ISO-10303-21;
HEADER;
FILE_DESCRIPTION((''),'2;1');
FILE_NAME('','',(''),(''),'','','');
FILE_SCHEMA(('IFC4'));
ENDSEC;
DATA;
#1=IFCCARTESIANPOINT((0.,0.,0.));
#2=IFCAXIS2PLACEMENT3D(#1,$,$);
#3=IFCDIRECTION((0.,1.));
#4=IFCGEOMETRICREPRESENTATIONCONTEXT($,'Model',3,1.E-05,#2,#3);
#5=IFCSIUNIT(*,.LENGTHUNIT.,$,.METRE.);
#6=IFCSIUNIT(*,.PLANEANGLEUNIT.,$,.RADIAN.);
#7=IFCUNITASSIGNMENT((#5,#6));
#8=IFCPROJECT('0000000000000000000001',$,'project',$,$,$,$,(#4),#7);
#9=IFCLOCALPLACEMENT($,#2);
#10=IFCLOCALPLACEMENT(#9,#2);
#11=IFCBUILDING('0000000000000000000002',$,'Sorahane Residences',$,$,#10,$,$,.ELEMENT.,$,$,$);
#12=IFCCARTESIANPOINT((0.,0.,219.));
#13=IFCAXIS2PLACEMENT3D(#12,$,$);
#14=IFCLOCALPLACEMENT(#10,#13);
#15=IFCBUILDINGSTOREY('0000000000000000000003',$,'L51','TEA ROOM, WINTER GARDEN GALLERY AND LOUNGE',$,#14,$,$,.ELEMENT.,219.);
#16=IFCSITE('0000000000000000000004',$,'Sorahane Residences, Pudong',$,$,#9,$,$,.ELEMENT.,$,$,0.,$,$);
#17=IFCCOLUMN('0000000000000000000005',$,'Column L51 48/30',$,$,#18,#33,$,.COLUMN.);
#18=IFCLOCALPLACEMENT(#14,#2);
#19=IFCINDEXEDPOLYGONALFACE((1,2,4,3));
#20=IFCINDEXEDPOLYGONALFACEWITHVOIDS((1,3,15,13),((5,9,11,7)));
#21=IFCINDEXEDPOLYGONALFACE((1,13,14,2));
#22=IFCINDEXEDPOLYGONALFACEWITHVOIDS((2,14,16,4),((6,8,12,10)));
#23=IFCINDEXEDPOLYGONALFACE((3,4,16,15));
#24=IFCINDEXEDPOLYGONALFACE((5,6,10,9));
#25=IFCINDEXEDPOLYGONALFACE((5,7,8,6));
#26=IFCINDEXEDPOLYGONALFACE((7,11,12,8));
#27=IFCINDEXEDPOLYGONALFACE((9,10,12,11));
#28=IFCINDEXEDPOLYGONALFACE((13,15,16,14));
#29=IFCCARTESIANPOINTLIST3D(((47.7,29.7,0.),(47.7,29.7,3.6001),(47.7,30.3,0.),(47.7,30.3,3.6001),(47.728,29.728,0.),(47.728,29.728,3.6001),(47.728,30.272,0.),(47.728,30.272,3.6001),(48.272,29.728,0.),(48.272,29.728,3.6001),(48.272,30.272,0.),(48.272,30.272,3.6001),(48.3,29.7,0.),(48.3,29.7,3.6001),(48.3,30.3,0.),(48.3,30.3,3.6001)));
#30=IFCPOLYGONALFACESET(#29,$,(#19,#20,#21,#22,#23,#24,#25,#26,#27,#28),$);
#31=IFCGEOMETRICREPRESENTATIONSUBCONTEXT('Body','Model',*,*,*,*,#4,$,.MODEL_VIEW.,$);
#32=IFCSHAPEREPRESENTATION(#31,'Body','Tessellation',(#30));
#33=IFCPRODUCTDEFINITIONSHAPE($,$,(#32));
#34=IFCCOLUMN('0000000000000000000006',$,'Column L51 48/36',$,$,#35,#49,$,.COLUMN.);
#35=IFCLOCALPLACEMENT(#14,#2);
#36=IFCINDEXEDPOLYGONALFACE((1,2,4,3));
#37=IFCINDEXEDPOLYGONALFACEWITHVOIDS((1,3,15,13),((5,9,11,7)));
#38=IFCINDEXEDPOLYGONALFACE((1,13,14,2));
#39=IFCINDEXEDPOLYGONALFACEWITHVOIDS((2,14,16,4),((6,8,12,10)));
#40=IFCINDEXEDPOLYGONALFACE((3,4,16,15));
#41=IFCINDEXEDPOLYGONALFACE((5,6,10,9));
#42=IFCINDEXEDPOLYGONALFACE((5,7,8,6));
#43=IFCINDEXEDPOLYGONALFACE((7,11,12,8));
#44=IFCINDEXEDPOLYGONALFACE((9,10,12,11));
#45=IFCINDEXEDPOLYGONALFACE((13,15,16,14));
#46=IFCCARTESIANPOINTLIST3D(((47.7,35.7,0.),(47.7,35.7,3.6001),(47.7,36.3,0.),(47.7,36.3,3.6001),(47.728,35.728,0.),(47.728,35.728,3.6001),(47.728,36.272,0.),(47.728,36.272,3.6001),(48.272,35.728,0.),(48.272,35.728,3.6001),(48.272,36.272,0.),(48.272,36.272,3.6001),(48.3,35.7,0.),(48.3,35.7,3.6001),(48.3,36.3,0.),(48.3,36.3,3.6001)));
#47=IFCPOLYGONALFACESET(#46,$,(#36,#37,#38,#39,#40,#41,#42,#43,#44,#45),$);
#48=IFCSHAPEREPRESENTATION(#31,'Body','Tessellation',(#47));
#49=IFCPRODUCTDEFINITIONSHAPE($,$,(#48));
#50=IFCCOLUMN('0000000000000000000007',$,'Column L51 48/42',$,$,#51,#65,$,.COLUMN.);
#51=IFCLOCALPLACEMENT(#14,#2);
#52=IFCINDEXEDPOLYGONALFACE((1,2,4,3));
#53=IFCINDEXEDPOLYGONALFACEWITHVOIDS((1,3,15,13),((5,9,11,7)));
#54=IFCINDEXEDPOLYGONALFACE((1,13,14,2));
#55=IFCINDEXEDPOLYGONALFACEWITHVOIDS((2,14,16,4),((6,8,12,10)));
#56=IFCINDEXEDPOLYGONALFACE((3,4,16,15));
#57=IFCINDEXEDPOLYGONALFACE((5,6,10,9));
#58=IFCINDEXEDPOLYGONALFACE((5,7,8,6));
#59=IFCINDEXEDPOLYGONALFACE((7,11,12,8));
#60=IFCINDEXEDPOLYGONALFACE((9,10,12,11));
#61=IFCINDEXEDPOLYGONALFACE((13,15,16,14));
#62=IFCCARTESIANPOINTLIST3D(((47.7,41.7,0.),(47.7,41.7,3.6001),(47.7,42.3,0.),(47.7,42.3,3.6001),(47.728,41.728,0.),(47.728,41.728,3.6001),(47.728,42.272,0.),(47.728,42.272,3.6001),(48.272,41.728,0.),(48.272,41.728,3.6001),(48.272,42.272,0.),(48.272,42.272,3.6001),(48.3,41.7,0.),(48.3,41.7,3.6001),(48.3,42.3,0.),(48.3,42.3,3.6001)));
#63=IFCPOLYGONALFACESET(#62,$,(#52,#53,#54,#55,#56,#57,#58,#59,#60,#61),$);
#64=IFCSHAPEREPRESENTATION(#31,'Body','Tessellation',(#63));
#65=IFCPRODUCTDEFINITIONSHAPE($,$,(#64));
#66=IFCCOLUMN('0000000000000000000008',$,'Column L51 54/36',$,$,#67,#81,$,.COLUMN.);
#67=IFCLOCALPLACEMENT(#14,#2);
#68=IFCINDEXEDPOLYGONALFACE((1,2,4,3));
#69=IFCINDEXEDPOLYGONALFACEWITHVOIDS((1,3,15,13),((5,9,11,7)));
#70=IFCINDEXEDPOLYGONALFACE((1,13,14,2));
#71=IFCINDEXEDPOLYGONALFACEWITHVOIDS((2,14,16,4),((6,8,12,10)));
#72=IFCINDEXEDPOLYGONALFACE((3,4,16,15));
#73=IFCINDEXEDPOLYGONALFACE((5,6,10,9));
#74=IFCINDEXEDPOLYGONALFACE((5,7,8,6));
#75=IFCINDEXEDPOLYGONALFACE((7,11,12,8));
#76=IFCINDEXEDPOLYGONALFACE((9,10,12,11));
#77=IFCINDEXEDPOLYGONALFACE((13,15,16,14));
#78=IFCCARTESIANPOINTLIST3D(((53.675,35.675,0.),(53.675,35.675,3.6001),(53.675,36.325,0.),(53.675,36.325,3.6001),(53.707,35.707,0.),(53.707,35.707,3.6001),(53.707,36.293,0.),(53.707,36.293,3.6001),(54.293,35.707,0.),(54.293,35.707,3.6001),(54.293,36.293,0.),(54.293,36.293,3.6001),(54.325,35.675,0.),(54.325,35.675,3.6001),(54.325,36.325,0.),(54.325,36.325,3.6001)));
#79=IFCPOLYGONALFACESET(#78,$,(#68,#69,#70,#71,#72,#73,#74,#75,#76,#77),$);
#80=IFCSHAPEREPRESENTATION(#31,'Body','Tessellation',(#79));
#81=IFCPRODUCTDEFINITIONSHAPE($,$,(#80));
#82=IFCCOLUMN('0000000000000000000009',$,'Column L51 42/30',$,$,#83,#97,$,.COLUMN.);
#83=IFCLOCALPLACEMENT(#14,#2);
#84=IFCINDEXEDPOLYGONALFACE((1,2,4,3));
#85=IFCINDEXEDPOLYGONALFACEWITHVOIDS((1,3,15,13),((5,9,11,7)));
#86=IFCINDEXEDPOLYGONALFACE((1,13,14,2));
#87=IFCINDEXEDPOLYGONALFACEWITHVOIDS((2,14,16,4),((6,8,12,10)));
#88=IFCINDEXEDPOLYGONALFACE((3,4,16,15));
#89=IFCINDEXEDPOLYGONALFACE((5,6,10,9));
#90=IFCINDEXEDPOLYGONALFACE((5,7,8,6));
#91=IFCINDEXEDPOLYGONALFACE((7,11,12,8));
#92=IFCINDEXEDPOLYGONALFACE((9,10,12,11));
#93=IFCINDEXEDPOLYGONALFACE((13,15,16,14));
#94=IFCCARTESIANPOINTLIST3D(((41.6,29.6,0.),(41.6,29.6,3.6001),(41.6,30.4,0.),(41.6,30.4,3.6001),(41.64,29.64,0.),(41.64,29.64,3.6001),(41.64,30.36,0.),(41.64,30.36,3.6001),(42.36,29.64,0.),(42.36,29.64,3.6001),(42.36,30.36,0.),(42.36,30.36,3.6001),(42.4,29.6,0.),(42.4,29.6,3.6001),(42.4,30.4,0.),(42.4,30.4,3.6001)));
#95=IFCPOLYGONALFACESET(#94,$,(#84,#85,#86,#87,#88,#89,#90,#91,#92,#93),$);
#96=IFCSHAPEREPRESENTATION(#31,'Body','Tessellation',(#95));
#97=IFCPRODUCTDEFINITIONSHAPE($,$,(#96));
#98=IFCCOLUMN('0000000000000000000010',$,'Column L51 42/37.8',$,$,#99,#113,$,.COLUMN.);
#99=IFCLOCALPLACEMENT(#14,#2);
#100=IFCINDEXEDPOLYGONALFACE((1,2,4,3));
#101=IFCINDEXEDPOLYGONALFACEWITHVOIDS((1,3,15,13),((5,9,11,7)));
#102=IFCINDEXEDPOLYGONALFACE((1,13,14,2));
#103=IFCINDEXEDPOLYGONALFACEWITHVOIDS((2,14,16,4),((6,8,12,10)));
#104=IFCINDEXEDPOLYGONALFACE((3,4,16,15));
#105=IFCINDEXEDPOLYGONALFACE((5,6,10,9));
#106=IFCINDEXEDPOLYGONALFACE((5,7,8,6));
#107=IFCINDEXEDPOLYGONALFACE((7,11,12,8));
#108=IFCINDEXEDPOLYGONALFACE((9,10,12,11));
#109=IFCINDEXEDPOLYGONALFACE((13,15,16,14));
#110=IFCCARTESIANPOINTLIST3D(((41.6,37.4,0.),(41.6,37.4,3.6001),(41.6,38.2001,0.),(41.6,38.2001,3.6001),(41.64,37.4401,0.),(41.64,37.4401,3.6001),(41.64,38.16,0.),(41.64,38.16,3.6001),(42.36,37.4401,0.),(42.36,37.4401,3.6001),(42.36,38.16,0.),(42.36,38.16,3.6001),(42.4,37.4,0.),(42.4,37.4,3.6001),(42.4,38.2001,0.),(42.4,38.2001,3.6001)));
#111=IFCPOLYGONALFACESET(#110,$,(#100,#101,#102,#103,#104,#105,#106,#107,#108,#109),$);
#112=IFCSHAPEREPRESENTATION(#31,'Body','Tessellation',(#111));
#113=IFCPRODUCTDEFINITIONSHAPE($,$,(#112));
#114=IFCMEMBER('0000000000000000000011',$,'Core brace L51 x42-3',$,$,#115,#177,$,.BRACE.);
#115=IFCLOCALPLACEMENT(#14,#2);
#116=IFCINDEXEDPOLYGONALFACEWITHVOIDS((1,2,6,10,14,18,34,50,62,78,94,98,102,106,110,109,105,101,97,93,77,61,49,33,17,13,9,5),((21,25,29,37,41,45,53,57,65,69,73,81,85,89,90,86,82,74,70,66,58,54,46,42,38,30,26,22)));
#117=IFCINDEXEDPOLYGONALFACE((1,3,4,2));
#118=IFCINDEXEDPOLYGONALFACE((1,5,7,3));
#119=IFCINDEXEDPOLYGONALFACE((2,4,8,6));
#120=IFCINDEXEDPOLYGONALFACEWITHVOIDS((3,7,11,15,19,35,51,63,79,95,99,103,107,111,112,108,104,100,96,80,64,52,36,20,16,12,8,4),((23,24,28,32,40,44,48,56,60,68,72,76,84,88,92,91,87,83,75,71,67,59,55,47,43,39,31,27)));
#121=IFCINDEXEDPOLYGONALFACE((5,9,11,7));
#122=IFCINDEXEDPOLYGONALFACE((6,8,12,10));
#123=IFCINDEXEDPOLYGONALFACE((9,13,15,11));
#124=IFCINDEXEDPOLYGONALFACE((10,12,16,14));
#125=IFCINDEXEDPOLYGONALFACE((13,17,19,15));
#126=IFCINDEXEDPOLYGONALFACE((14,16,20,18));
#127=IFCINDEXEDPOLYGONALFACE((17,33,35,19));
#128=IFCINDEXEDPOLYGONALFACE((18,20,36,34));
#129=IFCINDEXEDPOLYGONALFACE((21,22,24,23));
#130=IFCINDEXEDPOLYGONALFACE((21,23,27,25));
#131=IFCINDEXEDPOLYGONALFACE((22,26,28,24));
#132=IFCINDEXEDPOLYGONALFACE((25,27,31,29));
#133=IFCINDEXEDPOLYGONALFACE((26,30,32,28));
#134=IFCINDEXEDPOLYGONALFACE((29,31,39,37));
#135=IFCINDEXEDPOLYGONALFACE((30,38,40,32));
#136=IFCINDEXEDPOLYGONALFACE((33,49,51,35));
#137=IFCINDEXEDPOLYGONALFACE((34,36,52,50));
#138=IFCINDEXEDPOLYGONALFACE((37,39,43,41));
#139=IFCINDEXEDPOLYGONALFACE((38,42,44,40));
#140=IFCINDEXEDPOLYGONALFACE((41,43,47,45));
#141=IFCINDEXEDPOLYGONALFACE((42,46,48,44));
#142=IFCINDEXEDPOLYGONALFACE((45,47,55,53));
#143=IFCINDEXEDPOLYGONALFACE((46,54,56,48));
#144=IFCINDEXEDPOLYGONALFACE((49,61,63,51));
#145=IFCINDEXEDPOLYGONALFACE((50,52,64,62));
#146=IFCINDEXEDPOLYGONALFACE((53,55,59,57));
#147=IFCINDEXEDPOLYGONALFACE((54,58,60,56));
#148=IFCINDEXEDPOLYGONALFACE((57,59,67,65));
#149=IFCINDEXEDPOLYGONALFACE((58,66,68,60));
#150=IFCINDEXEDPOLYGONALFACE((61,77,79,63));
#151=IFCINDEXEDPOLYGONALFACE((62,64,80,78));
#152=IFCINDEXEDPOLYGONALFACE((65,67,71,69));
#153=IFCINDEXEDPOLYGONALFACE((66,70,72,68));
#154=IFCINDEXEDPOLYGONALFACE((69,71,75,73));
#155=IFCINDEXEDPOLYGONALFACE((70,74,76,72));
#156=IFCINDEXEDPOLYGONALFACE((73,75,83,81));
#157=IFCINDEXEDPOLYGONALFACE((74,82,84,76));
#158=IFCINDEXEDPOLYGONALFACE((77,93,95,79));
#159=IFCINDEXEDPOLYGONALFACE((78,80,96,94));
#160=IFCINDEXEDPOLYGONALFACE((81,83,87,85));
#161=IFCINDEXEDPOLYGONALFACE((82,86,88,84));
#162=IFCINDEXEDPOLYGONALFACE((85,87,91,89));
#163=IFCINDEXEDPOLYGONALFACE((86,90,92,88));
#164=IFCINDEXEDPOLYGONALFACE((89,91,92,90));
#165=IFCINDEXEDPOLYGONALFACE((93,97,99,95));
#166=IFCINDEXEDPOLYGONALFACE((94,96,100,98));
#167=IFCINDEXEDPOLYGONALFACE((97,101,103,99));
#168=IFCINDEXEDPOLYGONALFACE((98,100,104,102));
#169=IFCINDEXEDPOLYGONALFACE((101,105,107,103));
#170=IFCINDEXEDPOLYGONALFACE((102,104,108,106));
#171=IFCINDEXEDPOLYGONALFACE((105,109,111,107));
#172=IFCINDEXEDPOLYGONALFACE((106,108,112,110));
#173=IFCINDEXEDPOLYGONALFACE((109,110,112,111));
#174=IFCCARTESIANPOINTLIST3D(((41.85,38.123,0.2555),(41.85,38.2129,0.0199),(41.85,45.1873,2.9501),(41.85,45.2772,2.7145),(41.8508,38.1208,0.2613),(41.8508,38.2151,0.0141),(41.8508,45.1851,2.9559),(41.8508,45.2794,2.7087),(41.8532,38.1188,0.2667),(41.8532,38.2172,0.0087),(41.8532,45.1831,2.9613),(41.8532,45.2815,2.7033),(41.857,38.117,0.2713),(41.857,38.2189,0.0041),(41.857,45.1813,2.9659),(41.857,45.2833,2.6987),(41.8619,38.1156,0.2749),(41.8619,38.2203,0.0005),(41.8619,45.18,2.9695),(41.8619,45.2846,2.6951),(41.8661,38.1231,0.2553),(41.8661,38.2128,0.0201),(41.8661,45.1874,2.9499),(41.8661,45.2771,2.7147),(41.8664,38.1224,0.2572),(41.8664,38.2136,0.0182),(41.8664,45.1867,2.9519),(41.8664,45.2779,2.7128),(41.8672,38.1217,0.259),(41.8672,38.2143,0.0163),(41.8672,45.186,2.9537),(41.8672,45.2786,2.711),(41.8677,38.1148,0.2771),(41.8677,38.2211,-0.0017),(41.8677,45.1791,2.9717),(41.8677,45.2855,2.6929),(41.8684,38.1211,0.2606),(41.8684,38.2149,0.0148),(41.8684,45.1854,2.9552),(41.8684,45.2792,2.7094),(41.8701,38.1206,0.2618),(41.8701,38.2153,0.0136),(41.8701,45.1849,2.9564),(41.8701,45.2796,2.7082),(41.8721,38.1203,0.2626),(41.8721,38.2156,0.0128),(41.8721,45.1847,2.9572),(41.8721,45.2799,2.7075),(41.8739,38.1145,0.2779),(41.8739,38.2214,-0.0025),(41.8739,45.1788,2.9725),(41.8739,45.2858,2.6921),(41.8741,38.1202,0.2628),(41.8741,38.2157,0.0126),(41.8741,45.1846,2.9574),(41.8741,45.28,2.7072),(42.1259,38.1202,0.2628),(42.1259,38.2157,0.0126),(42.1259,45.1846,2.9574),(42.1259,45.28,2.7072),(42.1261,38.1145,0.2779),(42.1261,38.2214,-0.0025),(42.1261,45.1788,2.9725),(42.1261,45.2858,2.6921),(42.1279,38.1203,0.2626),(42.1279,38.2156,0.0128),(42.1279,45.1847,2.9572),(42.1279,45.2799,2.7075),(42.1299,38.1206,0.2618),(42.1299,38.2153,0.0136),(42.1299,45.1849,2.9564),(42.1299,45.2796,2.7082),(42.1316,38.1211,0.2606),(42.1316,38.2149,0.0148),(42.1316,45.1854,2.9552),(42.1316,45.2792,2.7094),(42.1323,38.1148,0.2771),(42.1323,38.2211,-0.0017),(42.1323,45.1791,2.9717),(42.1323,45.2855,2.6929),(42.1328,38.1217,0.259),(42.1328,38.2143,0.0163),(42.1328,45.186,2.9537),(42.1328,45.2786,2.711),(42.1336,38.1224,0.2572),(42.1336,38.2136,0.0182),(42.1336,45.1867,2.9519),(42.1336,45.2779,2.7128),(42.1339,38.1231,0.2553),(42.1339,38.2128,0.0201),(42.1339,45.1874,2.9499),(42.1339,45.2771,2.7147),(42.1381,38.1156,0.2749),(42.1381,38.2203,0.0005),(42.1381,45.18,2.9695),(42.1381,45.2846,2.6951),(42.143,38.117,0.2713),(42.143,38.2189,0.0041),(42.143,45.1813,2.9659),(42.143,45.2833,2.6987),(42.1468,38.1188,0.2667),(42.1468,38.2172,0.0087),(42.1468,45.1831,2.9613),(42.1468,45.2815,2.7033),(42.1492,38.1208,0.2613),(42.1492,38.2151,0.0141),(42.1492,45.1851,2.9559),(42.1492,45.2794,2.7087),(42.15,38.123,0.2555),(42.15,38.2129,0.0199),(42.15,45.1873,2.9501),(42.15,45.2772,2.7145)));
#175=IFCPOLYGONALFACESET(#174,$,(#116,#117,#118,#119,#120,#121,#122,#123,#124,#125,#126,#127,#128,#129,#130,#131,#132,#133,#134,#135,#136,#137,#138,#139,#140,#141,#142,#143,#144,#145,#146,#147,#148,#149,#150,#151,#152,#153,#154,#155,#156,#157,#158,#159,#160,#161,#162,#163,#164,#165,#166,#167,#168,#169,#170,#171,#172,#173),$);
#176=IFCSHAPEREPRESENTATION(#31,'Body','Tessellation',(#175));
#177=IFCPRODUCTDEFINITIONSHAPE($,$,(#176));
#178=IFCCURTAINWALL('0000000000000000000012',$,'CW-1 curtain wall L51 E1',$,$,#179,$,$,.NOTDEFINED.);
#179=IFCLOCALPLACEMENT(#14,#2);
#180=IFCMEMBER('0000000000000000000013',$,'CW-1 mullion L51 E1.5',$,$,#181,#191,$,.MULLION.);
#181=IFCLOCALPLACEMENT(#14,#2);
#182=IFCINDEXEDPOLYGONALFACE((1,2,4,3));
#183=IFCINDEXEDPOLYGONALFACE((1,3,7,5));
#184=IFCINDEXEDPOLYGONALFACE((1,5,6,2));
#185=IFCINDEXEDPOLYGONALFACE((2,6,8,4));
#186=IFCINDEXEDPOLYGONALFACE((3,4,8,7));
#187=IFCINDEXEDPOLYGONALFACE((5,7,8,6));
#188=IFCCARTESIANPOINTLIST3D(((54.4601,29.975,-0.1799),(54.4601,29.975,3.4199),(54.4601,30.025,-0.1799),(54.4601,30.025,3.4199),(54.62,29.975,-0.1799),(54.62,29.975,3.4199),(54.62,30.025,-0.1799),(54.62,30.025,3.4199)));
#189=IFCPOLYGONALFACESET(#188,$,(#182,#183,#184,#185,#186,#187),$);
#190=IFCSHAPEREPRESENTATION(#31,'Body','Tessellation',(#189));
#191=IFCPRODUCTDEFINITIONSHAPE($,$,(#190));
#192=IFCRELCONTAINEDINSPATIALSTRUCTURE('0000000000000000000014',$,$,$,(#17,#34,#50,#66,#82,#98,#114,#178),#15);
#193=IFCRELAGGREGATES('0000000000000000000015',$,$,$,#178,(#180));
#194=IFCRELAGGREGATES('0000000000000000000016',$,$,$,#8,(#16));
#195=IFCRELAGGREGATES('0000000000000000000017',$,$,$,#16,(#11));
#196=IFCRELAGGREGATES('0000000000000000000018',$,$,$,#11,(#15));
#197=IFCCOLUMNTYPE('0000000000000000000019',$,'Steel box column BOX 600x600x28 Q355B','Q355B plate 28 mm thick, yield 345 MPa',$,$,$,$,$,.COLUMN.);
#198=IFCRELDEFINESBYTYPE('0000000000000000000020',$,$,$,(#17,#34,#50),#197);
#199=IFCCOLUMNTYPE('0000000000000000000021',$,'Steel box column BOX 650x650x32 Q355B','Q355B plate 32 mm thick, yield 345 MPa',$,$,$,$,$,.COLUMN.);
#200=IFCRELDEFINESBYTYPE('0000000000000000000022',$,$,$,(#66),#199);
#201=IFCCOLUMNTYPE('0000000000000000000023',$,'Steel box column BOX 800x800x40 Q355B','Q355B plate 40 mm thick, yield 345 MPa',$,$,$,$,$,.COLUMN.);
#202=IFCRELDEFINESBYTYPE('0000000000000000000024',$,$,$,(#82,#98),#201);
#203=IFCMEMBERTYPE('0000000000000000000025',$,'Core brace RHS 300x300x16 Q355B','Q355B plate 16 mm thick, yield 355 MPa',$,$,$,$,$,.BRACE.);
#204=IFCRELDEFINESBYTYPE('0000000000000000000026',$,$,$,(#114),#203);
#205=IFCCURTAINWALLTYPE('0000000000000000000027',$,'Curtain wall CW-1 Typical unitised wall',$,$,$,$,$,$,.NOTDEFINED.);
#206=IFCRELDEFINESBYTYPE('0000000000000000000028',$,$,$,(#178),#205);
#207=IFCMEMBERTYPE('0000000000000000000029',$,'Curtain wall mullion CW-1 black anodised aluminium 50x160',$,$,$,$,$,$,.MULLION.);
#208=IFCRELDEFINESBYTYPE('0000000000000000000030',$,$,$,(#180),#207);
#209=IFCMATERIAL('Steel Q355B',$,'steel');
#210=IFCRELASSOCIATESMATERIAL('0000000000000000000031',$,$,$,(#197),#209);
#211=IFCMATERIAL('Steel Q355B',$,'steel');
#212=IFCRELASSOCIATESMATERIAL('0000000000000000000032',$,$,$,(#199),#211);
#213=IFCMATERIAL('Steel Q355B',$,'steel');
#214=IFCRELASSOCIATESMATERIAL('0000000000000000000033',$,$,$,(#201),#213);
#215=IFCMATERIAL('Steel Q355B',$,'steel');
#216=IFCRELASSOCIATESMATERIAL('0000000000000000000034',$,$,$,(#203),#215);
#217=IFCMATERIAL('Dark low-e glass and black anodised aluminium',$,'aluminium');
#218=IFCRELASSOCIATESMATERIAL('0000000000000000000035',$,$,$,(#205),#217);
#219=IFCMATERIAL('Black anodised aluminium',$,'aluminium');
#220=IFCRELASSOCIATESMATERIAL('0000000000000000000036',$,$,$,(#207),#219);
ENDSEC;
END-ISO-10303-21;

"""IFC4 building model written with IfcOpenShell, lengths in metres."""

from ifc_helpers import new_model, si_unit, direction, frame, origin, origin_2d, place, context, subcontext, project, spatial, rectangle, hollow_rectangle, extrude, material, material_profile, profile_set, type_object, element, aggregate, save


model = new_model("IFC4")

# Units and contexts
model_context = context("Model", 3, precision=1e-05, world=origin(), true_north=direction((0.0, 1.0)))
body_context = subcontext(model_context, "Body", "Model", "MODEL_VIEW")
ifc_project = project(units=[si_unit("LENGTHUNIT", "METRE"), si_unit("PLANEANGLEUNIT", "RADIAN")], contexts=[model_context])

# Site, building, storey
site_placement = place(None, origin())
site = spatial("IfcSite", under=ifc_project, at=site_placement, Name="Sorahane Residences, Pudong", CompositionType="ELEMENT", RefElevation=0.0)
building_placement = place(site_placement, origin())
building = spatial("IfcBuilding", under=site, at=building_placement, Name="Sorahane Residences", CompositionType="ELEMENT")
storey_placement = place(building_placement, frame((0.0, 0.0, 219.0)))
storey = spatial("IfcBuildingStorey", under=building, at=storey_placement, Name="L51", Description="TEA ROOM, WINTER GARDEN GALLERY AND LOUNGE", CompositionType="ELEMENT", Elevation=219.0)

# Columns
ifc_material_1 = material(Name="Steel Q355B", Category="steel")
ifc_material_profile_1 = material_profile(ifc_material_1, hollow_rectangle(XDim=0.6001, YDim=0.6001, WallThickness=0.0281, at=origin_2d()), Name="BOX 600x600x28")
ifc_profile_set_1 = profile_set([ifc_material_profile_1], Name="Steel Q355B")
column_type_1 = type_object("IfcColumnType", Name="Steel box column BOX 600x600x28 Q355B", Description="Q355B plate 28 mm thick, yield 345 MPa", PredefinedType="COLUMN", material=ifc_profile_set_1)
for number, where, z_axis, x_axis, name in (
    (1, (48.0, 30.0, 0.0), (0.0, 0.0, 1.0), (1.0, 0.0, 0.0), "Column L51 48/30"),
    (2, (48.0, 36.0, 0.0), (0.0, 0.0, 1.0), (1.0, 0.0, 0.0), "Column L51 48/36"),
    (3, (48.0, 42.0, 0.0), (0.0, 0.0, 1.0), (1.0, 0.0, 0.0), "Column L51 48/42"),
):
    element("IfcColumn", number, at=place(storey_placement, frame(where, z_axis=z_axis, x_axis=x_axis)), inside=storey, type_object=column_type_1, Name=name, PredefinedType="COLUMN", context=body_context, shape_type="SweptSolid", body=[
        extrude(hollow_rectangle(XDim=0.6001, YDim=0.6001, WallThickness=0.0281, at=origin_2d()), origin(), (0.0, 0.0, 1.0), 3.6001),
    ])
ifc_material_2 = material(Name="Steel Q355B", Category="steel")
ifc_material_profile_2 = material_profile(ifc_material_2, hollow_rectangle(XDim=0.6499, YDim=0.6499, WallThickness=0.032, at=origin_2d()), Name="BOX 650x650x32")
ifc_profile_set_2 = profile_set([ifc_material_profile_2], Name="Steel Q355B")
column_type_2 = type_object("IfcColumnType", Name="Steel box column BOX 650x650x32 Q355B", Description="Q355B plate 32 mm thick, yield 345 MPa", PredefinedType="COLUMN", material=ifc_profile_set_2)
column_placement = place(storey_placement, frame((54.0, 36.0, 0.0), z_axis=(0.0, 0.0, 1.0), x_axis=(1.0, 0.0, 0.0)))
element("IfcColumn", 4, at=column_placement, inside=storey, type_object=column_type_2, Name="Column L51 54/36", PredefinedType="COLUMN", context=body_context, shape_type="SweptSolid", body=[
    extrude(hollow_rectangle(XDim=0.6499, YDim=0.6499, WallThickness=0.032, at=origin_2d()), origin(), (0.0, 0.0, 1.0), 3.6001),
])
ifc_material_3 = material(Name="Steel Q355B", Category="steel")
ifc_material_profile_3 = material_profile(ifc_material_3, hollow_rectangle(XDim=0.8, YDim=0.8, WallThickness=0.04, at=origin_2d()), Name="BOX 800x800x40")
ifc_profile_set_3 = profile_set([ifc_material_profile_3], Name="Steel Q355B")
column_type_3 = type_object("IfcColumnType", Name="Steel box column BOX 800x800x40 Q355B", Description="Q355B plate 40 mm thick, yield 345 MPa", PredefinedType="COLUMN", material=ifc_profile_set_3)
for number, where, z_axis, x_axis, name in (
    (5, (42.0, 30.0, 0.0), (0.0, 0.0, 1.0), (1.0, 0.0, 0.0), "Column L51 42/30"),
    (6, (42.0, 37.8, 0.0), (0.0, 0.0, 1.0), (1.0, 0.0, 0.0), "Column L51 42/37.8"),
):
    element("IfcColumn", number, at=place(storey_placement, frame(where, z_axis=z_axis, x_axis=x_axis)), inside=storey, type_object=column_type_3, Name=name, PredefinedType="COLUMN", context=body_context, shape_type="SweptSolid", body=[
        extrude(hollow_rectangle(XDim=0.8, YDim=0.8, WallThickness=0.04, at=origin_2d()), origin(), (0.0, 0.0, 1.0), 3.6001),
    ])

# Member
ifc_material_4 = material(Name="Steel Q355B", Category="steel")
ifc_material_profile_4 = material_profile(ifc_material_4, hollow_rectangle(XDim=0.3, YDim=0.3, WallThickness=0.0161, InnerFilletRadius=0.0081, OuterFilletRadius=0.0239, at=origin_2d()), Name="RHS 300x300x16")
ifc_profile_set_4 = profile_set([ifc_material_profile_4], Name="Steel Q355B")
member_type_1 = type_object("IfcMemberType", Name="Core brace RHS 300x300x16 Q355B", Description="Q355B plate 16 mm thick, yield 355 MPa", PredefinedType="BRACE", material=ifc_profile_set_4)
member_1_placement = place(storey_placement, frame((42.0, 38.168, 0.1377), z_axis=(0.0, 0.934336, 0.356394), x_axis=(-1.0, 0.0, 0.0)))
element("IfcMember", 7, at=member_1_placement, inside=storey, type_object=member_type_1, Name="Core brace L51 x42-3", PredefinedType="BRACE", context=body_context, shape_type="SweptSolid", body=[
    extrude(hollow_rectangle(XDim=0.3, YDim=0.3, WallThickness=0.0161, InnerFilletRadius=0.0081, OuterFilletRadius=0.0239, at=origin_2d()), origin(), (0.0, 0.0, 1.0), 7.5608),
])

# Curtain wall, member
ifc_material_5 = material(Name="Dark low-e glass and black anodised aluminium", Category="aluminium")
curtain_wall_type = type_object("IfcCurtainWallType", Name="Curtain wall CW-1 Typical unitised wall", PredefinedType="NOTDEFINED", material=ifc_material_5)
curtain_wall_placement = place(storey_placement, origin())
curtain_wall = element("IfcCurtainWall", 8, at=curtain_wall_placement, inside=storey, type_object=curtain_wall_type, Name="CW-1 curtain wall L51 E1", PredefinedType="NOTDEFINED")
ifc_material_6 = material(Name="Black anodised aluminium", Category="aluminium")
ifc_material_profile_5 = material_profile(ifc_material_6, rectangle(XDim=0.1599, YDim=0.05, at=origin_2d()), Name="Curtain wall mullion CW-1 black anodised aluminium 50x160")
ifc_profile_set_5 = profile_set([ifc_material_profile_5], Name="Black anodised aluminium")
member_type_2 = type_object("IfcMemberType", Name="Curtain wall mullion CW-1 black anodised aluminium 50x160", PredefinedType="MULLION", material=ifc_profile_set_5)
member_2_placement = place(storey_placement, frame((54.54, 30.0, -0.1799), z_axis=(0.0, 0.0, 1.0), x_axis=(1.0, 0.0, 0.0)))
member_2 = element("IfcMember", 9, at=member_2_placement, type_object=member_type_2, Name="CW-1 mullion L51 E1.5", PredefinedType="MULLION", context=body_context, shape_type="SweptSolid", body=[
    extrude(rectangle(XDim=0.1599, YDim=0.05, at=origin_2d()), origin(), (0.0, 0.0, 1.0), 3.5999),
])

aggregate(curtain_wall, [member_2])

save(model, "model.ifc")
